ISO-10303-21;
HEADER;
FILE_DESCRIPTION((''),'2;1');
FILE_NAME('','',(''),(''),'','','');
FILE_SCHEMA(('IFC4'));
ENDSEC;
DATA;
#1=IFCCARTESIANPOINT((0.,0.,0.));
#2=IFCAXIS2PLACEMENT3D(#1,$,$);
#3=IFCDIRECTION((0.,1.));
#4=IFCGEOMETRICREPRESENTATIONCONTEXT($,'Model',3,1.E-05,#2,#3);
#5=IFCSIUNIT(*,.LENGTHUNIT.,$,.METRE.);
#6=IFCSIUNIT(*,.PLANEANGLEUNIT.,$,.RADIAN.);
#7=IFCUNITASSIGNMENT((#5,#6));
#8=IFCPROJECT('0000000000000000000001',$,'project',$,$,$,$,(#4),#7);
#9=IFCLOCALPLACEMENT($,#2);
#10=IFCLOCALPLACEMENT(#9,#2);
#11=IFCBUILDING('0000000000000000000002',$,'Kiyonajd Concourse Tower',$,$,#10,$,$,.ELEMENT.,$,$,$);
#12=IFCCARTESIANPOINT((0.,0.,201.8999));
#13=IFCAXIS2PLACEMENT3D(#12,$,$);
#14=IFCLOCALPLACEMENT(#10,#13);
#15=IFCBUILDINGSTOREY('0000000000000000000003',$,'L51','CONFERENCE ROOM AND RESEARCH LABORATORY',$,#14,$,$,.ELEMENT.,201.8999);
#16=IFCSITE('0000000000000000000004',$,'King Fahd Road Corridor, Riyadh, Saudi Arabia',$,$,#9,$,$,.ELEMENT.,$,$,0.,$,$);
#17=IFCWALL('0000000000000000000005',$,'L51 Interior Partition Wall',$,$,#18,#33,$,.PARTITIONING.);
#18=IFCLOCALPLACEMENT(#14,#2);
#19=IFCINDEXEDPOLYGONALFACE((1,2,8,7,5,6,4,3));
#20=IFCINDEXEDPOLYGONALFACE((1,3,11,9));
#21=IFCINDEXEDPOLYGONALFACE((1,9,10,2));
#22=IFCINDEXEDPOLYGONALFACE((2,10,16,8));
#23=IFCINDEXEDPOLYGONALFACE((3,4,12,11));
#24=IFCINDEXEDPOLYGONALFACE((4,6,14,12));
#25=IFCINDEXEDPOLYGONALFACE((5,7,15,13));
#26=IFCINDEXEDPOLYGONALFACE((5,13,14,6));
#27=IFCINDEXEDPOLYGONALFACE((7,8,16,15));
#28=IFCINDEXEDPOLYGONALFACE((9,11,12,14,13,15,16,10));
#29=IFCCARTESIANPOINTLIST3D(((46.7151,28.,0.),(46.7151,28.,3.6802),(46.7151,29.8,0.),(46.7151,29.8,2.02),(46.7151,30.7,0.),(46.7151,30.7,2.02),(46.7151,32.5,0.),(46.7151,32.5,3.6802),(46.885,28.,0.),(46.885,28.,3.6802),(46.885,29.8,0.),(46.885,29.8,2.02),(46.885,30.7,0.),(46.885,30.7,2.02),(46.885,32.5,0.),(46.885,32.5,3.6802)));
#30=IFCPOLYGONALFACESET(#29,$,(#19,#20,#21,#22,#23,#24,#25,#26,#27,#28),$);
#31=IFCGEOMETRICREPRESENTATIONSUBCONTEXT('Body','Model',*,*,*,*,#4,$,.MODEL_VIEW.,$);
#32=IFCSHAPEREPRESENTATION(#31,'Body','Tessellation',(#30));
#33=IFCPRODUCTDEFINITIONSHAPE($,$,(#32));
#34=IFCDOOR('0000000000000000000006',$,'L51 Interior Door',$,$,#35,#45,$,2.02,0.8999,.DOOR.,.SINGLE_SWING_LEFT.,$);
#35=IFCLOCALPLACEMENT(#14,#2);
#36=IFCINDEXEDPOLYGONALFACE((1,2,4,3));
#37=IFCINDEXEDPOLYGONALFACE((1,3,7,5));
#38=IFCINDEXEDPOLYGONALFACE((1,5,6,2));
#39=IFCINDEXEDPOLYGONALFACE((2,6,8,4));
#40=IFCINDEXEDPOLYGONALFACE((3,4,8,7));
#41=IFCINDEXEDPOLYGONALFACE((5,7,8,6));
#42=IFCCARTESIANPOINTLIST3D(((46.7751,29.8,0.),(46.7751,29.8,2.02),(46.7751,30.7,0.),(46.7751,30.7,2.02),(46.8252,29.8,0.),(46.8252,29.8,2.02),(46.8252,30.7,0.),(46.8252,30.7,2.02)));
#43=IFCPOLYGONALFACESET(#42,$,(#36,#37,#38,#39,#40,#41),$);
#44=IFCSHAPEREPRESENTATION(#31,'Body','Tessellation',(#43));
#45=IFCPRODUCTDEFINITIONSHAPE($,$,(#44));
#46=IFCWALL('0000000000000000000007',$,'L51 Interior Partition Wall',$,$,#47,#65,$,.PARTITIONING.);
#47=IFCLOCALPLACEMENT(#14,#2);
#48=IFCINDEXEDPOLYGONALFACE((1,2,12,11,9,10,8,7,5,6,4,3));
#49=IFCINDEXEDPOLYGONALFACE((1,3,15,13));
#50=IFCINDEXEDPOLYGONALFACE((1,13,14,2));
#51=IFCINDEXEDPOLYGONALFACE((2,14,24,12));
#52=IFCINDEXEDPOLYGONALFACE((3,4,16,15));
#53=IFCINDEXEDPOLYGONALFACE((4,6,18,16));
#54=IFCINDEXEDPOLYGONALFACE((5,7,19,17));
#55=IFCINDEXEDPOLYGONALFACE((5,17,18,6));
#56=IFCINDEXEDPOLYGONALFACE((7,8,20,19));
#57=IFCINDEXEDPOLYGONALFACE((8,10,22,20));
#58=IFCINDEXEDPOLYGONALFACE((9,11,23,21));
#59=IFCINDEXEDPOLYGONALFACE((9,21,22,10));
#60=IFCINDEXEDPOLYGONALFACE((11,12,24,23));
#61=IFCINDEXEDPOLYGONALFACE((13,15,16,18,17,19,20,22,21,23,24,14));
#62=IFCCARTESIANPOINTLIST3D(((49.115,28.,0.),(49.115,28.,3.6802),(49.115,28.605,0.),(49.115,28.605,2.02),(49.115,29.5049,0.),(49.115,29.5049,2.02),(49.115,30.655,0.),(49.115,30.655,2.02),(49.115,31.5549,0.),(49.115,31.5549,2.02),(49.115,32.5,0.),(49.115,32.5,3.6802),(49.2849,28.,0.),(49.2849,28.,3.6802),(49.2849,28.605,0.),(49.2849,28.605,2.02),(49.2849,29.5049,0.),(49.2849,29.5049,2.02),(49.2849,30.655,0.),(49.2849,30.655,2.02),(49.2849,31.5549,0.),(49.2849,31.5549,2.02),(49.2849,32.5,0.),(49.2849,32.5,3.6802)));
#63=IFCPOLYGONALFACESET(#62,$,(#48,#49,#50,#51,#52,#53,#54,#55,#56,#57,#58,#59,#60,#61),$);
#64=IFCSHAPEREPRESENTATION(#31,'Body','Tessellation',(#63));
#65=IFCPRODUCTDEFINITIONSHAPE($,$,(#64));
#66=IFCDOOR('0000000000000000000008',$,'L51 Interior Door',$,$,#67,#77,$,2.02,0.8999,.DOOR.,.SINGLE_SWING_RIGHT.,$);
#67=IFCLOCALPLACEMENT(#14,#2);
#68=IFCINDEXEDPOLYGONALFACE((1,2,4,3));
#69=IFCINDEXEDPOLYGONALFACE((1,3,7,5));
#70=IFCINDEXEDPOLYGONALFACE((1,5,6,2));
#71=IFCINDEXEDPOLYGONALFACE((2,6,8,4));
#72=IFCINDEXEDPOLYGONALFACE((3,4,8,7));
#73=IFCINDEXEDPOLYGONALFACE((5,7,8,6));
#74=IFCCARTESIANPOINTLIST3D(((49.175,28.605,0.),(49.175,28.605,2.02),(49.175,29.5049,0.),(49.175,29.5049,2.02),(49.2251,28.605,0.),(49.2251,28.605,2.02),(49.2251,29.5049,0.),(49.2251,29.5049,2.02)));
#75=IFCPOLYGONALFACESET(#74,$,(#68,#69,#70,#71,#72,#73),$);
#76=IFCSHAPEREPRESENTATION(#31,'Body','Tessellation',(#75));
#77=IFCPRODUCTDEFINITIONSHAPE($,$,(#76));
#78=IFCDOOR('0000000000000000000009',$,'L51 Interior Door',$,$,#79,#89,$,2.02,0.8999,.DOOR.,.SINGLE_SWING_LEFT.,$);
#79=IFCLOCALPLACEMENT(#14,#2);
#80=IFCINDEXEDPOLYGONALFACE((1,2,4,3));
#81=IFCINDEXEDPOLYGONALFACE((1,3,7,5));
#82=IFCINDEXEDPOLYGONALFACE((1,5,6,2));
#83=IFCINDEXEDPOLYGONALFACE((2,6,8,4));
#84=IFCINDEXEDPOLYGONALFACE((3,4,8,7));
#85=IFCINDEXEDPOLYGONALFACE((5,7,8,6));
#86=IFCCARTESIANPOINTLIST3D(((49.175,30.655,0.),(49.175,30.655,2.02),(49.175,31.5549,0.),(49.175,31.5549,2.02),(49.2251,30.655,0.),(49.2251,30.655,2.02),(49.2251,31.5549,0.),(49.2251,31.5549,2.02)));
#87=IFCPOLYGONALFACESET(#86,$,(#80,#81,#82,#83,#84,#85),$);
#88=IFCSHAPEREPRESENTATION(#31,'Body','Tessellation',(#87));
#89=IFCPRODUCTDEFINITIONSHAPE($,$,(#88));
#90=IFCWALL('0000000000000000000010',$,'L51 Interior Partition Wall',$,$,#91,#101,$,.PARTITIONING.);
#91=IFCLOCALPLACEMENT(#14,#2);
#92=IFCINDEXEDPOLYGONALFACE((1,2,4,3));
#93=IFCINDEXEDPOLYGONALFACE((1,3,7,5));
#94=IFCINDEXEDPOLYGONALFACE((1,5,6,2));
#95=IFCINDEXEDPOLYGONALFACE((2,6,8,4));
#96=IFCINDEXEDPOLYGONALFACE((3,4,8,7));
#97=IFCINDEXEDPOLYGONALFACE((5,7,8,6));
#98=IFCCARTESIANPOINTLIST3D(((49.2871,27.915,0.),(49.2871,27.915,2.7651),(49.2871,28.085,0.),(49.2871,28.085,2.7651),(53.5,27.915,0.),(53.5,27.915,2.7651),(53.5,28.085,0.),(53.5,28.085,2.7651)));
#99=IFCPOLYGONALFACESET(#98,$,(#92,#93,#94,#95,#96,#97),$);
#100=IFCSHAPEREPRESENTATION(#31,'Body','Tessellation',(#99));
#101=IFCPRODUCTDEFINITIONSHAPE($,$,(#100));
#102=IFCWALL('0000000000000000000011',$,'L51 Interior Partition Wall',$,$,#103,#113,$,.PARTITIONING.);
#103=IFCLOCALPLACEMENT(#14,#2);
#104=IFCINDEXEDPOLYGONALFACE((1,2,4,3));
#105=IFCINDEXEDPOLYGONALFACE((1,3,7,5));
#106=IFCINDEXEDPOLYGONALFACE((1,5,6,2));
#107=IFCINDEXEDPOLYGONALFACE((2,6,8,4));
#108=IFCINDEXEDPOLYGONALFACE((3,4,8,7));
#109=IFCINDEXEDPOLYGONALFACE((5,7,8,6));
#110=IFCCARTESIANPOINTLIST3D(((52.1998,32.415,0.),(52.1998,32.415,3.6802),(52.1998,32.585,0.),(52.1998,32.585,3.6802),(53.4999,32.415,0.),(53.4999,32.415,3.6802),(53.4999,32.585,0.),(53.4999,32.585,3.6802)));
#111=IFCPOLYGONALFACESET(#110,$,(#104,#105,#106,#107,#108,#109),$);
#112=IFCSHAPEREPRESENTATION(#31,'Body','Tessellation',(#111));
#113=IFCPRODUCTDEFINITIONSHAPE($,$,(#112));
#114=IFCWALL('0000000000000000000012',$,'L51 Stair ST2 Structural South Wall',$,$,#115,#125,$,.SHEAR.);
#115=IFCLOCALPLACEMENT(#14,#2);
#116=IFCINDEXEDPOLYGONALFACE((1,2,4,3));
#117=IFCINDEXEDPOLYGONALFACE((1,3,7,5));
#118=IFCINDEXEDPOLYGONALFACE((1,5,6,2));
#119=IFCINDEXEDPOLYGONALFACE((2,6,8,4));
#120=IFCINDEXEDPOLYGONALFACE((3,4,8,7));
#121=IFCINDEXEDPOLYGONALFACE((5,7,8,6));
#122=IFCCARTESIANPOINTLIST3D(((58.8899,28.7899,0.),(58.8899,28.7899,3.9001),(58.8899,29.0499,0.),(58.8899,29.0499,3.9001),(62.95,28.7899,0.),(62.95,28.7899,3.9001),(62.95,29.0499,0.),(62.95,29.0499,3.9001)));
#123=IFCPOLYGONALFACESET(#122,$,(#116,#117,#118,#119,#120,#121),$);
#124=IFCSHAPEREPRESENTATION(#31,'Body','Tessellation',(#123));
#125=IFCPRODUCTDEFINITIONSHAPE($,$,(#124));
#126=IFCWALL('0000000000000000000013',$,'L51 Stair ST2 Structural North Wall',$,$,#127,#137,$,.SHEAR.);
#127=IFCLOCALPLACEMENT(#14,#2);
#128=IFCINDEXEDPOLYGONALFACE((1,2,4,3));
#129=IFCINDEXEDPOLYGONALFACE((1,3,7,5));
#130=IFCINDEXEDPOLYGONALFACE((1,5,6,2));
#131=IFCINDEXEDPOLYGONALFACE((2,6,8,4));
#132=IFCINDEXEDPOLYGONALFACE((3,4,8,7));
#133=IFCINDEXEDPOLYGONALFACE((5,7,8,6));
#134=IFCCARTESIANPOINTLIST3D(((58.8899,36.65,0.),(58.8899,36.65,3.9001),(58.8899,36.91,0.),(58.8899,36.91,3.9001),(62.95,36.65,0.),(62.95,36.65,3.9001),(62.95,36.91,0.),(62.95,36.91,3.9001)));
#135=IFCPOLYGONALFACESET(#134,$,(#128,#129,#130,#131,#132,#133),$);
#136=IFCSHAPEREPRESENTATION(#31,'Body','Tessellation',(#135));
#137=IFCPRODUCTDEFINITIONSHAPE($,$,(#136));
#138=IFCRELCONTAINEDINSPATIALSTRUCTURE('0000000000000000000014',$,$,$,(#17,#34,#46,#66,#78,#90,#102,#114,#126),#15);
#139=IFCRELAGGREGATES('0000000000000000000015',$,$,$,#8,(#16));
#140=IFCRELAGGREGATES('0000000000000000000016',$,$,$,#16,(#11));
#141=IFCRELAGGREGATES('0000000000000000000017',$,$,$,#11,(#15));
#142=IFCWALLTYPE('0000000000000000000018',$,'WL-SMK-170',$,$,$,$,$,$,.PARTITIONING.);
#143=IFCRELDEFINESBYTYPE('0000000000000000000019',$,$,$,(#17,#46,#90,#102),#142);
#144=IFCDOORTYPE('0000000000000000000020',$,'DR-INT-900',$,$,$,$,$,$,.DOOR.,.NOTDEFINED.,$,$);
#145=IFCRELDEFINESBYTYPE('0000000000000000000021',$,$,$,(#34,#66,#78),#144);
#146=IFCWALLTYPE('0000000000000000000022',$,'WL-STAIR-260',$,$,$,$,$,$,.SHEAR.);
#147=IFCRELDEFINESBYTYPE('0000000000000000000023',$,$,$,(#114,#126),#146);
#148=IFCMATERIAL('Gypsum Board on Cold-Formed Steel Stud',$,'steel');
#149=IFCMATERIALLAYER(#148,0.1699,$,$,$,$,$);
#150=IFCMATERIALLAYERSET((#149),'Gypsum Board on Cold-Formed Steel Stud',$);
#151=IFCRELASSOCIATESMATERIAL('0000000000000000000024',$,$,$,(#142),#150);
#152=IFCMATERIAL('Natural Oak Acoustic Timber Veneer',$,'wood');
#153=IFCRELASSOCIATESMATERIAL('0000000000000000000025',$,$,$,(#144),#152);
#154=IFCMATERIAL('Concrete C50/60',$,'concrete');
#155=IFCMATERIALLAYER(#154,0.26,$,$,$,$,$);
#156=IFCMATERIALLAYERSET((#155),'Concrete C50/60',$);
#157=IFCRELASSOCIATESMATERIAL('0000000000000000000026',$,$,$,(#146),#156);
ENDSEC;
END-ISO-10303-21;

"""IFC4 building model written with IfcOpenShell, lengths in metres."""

from ifc_helpers import new_model, si_unit, direction, frame, frame_2d, origin, place, context, subcontext, project, spatial, rectangle, extrude, material, layer, layer_set, type_object, element, fill, save


model = new_model("IFC4")

# Units and contexts
model_context = context("Model", 3, precision=1e-05, world=origin(), true_north=direction((0.0, 1.0)))
body_context = subcontext(model_context, "Body", "Model", "MODEL_VIEW")
ifc_project = project(units=[si_unit("LENGTHUNIT", "METRE"), si_unit("PLANEANGLEUNIT", "RADIAN")], contexts=[model_context])

# Site, building, storey
site_placement = place(None, origin())
site = spatial("IfcSite", under=ifc_project, at=site_placement, Name="King Fahd Road Corridor, Riyadh, Saudi Arabia", CompositionType="ELEMENT", RefElevation=0.0)
building_placement = place(site_placement, origin())
building = spatial("IfcBuilding", under=site, at=building_placement, Name="Kiyonajd Concourse Tower", CompositionType="ELEMENT")
storey_placement = place(building_placement, frame((0.0, 0.0, 201.8999)))
storey = spatial("IfcBuildingStorey", under=building, at=storey_placement, Name="L51", Description="CONFERENCE ROOM AND RESEARCH LABORATORY", CompositionType="ELEMENT", Elevation=201.8999)

# Shared definitions
ifc_material_1 = material(Name="Concrete C50/60", Category="concrete")

# Shared definitions
ifc_material_2 = material(Name="Gypsum Board on Cold-Formed Steel Stud", Category="steel")

# Shared definitions
ifc_layer_1 = layer(ifc_material_2, 0.1699)
ifc_layer_set_1 = layer_set([ifc_layer_1], Name="Gypsum Board on Cold-Formed Steel Stud")
wall_type_1 = type_object("IfcWallType", Name="WL-SMK-170", PredefinedType="PARTITIONING", material=ifc_layer_set_1)
ifc_material_3 = material(Name="Natural Oak Acoustic Timber Veneer", Category="wood")
door_type_1 = type_object("IfcDoorType", Name="DR-INT-900", OperationType="NOTDEFINED", PredefinedType="DOOR", material=ifc_material_3)

# Wall, opening, door
wall_1_placement = place(storey_placement, frame((46.8, 28.0, 0.0), z_axis=(0.0, 0.0, 1.0), x_axis=(0.0, 1.0, 0.0)))
wall_1 = element("IfcWall", 1, at=wall_1_placement, inside=storey, type_object=wall_type_1, Name="L51 Interior Partition Wall", PredefinedType="PARTITIONING", context=body_context, shape_type="SweptSolid", body=[
    extrude(rectangle(XDim=4.5, YDim=0.1699, at=frame_2d((2.25, 0.0))), origin(), (0.0, 0.0, 1.0), 3.6802),
])
opening_1_placement = place(wall_1_placement, frame((1.8, 0.0, 0.0)))
opening_1 = element("IfcOpeningElement", 2, at=opening_1_placement, cuts=wall_1, PredefinedType="OPENING", context=body_context, shape_type="SweptSolid", body=[
    extrude(rectangle(XDim=0.8999, YDim=2.02, at=frame_2d((0.45, 1.01))), frame((0.0, 0.095, 0.0), z_axis=(0.0, -1.0, 0.0), x_axis=(1.0, 0.0, 0.0)), (0.0, 0.0, 1.0), 0.1899),
])
door_1_placement = place(opening_1_placement, origin())
door_1 = element("IfcDoor", 3, at=door_1_placement, inside=storey, type_object=door_type_1, Name="L51 Interior Door", OperationType="SINGLE_SWING_LEFT", OverallHeight=2.02, OverallWidth=0.8999, PredefinedType="DOOR", context=body_context, shape_type="SweptSolid", body=[
    extrude(rectangle(XDim=0.8999, YDim=2.02, at=frame_2d((0.45, 1.01))), frame((0.0, 0.0249, 0.0), z_axis=(0.0, -1.0, 0.0), x_axis=(1.0, 0.0, 0.0)), (0.0, 0.0, 1.0), 0.05),
])
fill(opening_1, door_1)

# Wall, openings, doors
wall_2_placement = place(storey_placement, frame((49.2, 28.0, 0.0), z_axis=(0.0, 0.0, 1.0), x_axis=(0.0, 1.0, 0.0)))
wall_2 = element("IfcWall", 4, at=wall_2_placement, inside=storey, type_object=wall_type_1, Name="L51 Interior Partition Wall", PredefinedType="PARTITIONING", context=body_context, shape_type="SweptSolid", body=[
    extrude(rectangle(XDim=4.5, YDim=0.1699, at=frame_2d((2.25, 0.0))), origin(), (0.0, 0.0, 1.0), 3.6802),
])
opening_2_placement = place(wall_2_placement, frame((0.605, 0.0, 0.0)))
opening_2 = element("IfcOpeningElement", 5, at=opening_2_placement, cuts=wall_2, PredefinedType="OPENING", context=body_context, shape_type="SweptSolid", body=[
    extrude(rectangle(XDim=0.8999, YDim=2.02, at=frame_2d((0.45, 1.01))), frame((0.0, 0.095, 0.0), z_axis=(0.0, -1.0, 0.0), x_axis=(1.0, 0.0, 0.0)), (0.0, 0.0, 1.0), 0.1899),
])
opening_3_placement = place(wall_2_placement, frame((2.655, 0.0, 0.0)))
opening_3 = element("IfcOpeningElement", 6, at=opening_3_placement, cuts=wall_2, PredefinedType="OPENING", context=body_context, shape_type="SweptSolid", body=[
    extrude(rectangle(XDim=0.8999, YDim=2.02, at=frame_2d((0.45, 1.01))), frame((0.0, 0.095, 0.0), z_axis=(0.0, -1.0, 0.0), x_axis=(1.0, 0.0, 0.0)), (0.0, 0.0, 1.0), 0.1899),
])
door_2_placement = place(opening_2_placement, origin())
door_2 = element("IfcDoor", 7, at=door_2_placement, inside=storey, type_object=door_type_1, Name="L51 Interior Door", OperationType="SINGLE_SWING_RIGHT", OverallHeight=2.02, OverallWidth=0.8999, PredefinedType="DOOR", context=body_context, shape_type="SweptSolid", body=[
    extrude(rectangle(XDim=0.8999, YDim=2.02, at=frame_2d((0.45, 1.01))), frame((0.0, 0.0249, 0.0), z_axis=(0.0, -1.0, 0.0), x_axis=(1.0, 0.0, 0.0)), (0.0, 0.0, 1.0), 0.05),
])
fill(opening_2, door_2)
door_3_placement = place(opening_3_placement, origin())
door_3 = element("IfcDoor", 8, at=door_3_placement, inside=storey, type_object=door_type_1, Name="L51 Interior Door", OperationType="SINGLE_SWING_LEFT", OverallHeight=2.02, OverallWidth=0.8999, PredefinedType="DOOR", context=body_context, shape_type="SweptSolid", body=[
    extrude(rectangle(XDim=0.8999, YDim=2.02, at=frame_2d((0.45, 1.01))), frame((0.0, 0.0249, 0.0), z_axis=(0.0, -1.0, 0.0), x_axis=(1.0, 0.0, 0.0)), (0.0, 0.0, 1.0), 0.05),
])
fill(opening_3, door_3)

# Walls
wall_3_placement = place(storey_placement, frame((49.2871, 28.0, 0.0), z_axis=(0.0, 0.0, 1.0), x_axis=(1.0, 0.0, 0.0)))
element("IfcWall", 9, at=wall_3_placement, inside=storey, type_object=wall_type_1, Name="L51 Interior Partition Wall", PredefinedType="PARTITIONING", context=body_context, shape_type="SweptSolid", body=[
    extrude(rectangle(XDim=4.2129, YDim=0.1699, at=frame_2d((2.1064, 0.0))), origin(), (0.0, 0.0, 1.0), 2.7651),
])
wall_4_placement = place(storey_placement, frame((52.2, 32.5, 0.0), z_axis=(0.0, 0.0, 1.0), x_axis=(1.0, 0.0, 0.0)))
element("IfcWall", 10, at=wall_4_placement, inside=storey, type_object=wall_type_1, Name="L51 Interior Partition Wall", PredefinedType="PARTITIONING", context=body_context, shape_type="SweptSolid", body=[
    extrude(rectangle(XDim=1.3, YDim=0.1699, at=frame_2d((0.6499, 0.0))), origin(), (0.0, 0.0, 1.0), 3.6802),
])
ifc_layer_2 = layer(ifc_material_1, 0.26)
ifc_layer_set_2 = layer_set([ifc_layer_2], Name="Concrete C50/60")
wall_type_2 = type_object("IfcWallType", Name="WL-STAIR-260", PredefinedType="SHEAR", material=ifc_layer_set_2)
for number, where, z_axis, x_axis, name in (
    (11, (58.8899, 28.9199, 0.0), (0.0, 0.0, 1.0), (1.0, 0.0, 0.0), "L51 Stair ST2 Structural South Wall"),
    (12, (58.8899, 36.78, 0.0), (0.0, 0.0, 1.0), (1.0, 0.0, 0.0), "L51 Stair ST2 Structural North Wall"),
):
    element("IfcWall", number, at=place(storey_placement, frame(where, z_axis=z_axis, x_axis=x_axis)), inside=storey, type_object=wall_type_2, Name=name, PredefinedType="SHEAR", context=body_context, shape_type="SweptSolid", body=[
        extrude(rectangle(XDim=4.0601, YDim=0.26, at=frame_2d((2.03, 0.0))), origin(), (0.0, 0.0, 1.0), 3.9001),
    ])

save(model, "model.ifc")
